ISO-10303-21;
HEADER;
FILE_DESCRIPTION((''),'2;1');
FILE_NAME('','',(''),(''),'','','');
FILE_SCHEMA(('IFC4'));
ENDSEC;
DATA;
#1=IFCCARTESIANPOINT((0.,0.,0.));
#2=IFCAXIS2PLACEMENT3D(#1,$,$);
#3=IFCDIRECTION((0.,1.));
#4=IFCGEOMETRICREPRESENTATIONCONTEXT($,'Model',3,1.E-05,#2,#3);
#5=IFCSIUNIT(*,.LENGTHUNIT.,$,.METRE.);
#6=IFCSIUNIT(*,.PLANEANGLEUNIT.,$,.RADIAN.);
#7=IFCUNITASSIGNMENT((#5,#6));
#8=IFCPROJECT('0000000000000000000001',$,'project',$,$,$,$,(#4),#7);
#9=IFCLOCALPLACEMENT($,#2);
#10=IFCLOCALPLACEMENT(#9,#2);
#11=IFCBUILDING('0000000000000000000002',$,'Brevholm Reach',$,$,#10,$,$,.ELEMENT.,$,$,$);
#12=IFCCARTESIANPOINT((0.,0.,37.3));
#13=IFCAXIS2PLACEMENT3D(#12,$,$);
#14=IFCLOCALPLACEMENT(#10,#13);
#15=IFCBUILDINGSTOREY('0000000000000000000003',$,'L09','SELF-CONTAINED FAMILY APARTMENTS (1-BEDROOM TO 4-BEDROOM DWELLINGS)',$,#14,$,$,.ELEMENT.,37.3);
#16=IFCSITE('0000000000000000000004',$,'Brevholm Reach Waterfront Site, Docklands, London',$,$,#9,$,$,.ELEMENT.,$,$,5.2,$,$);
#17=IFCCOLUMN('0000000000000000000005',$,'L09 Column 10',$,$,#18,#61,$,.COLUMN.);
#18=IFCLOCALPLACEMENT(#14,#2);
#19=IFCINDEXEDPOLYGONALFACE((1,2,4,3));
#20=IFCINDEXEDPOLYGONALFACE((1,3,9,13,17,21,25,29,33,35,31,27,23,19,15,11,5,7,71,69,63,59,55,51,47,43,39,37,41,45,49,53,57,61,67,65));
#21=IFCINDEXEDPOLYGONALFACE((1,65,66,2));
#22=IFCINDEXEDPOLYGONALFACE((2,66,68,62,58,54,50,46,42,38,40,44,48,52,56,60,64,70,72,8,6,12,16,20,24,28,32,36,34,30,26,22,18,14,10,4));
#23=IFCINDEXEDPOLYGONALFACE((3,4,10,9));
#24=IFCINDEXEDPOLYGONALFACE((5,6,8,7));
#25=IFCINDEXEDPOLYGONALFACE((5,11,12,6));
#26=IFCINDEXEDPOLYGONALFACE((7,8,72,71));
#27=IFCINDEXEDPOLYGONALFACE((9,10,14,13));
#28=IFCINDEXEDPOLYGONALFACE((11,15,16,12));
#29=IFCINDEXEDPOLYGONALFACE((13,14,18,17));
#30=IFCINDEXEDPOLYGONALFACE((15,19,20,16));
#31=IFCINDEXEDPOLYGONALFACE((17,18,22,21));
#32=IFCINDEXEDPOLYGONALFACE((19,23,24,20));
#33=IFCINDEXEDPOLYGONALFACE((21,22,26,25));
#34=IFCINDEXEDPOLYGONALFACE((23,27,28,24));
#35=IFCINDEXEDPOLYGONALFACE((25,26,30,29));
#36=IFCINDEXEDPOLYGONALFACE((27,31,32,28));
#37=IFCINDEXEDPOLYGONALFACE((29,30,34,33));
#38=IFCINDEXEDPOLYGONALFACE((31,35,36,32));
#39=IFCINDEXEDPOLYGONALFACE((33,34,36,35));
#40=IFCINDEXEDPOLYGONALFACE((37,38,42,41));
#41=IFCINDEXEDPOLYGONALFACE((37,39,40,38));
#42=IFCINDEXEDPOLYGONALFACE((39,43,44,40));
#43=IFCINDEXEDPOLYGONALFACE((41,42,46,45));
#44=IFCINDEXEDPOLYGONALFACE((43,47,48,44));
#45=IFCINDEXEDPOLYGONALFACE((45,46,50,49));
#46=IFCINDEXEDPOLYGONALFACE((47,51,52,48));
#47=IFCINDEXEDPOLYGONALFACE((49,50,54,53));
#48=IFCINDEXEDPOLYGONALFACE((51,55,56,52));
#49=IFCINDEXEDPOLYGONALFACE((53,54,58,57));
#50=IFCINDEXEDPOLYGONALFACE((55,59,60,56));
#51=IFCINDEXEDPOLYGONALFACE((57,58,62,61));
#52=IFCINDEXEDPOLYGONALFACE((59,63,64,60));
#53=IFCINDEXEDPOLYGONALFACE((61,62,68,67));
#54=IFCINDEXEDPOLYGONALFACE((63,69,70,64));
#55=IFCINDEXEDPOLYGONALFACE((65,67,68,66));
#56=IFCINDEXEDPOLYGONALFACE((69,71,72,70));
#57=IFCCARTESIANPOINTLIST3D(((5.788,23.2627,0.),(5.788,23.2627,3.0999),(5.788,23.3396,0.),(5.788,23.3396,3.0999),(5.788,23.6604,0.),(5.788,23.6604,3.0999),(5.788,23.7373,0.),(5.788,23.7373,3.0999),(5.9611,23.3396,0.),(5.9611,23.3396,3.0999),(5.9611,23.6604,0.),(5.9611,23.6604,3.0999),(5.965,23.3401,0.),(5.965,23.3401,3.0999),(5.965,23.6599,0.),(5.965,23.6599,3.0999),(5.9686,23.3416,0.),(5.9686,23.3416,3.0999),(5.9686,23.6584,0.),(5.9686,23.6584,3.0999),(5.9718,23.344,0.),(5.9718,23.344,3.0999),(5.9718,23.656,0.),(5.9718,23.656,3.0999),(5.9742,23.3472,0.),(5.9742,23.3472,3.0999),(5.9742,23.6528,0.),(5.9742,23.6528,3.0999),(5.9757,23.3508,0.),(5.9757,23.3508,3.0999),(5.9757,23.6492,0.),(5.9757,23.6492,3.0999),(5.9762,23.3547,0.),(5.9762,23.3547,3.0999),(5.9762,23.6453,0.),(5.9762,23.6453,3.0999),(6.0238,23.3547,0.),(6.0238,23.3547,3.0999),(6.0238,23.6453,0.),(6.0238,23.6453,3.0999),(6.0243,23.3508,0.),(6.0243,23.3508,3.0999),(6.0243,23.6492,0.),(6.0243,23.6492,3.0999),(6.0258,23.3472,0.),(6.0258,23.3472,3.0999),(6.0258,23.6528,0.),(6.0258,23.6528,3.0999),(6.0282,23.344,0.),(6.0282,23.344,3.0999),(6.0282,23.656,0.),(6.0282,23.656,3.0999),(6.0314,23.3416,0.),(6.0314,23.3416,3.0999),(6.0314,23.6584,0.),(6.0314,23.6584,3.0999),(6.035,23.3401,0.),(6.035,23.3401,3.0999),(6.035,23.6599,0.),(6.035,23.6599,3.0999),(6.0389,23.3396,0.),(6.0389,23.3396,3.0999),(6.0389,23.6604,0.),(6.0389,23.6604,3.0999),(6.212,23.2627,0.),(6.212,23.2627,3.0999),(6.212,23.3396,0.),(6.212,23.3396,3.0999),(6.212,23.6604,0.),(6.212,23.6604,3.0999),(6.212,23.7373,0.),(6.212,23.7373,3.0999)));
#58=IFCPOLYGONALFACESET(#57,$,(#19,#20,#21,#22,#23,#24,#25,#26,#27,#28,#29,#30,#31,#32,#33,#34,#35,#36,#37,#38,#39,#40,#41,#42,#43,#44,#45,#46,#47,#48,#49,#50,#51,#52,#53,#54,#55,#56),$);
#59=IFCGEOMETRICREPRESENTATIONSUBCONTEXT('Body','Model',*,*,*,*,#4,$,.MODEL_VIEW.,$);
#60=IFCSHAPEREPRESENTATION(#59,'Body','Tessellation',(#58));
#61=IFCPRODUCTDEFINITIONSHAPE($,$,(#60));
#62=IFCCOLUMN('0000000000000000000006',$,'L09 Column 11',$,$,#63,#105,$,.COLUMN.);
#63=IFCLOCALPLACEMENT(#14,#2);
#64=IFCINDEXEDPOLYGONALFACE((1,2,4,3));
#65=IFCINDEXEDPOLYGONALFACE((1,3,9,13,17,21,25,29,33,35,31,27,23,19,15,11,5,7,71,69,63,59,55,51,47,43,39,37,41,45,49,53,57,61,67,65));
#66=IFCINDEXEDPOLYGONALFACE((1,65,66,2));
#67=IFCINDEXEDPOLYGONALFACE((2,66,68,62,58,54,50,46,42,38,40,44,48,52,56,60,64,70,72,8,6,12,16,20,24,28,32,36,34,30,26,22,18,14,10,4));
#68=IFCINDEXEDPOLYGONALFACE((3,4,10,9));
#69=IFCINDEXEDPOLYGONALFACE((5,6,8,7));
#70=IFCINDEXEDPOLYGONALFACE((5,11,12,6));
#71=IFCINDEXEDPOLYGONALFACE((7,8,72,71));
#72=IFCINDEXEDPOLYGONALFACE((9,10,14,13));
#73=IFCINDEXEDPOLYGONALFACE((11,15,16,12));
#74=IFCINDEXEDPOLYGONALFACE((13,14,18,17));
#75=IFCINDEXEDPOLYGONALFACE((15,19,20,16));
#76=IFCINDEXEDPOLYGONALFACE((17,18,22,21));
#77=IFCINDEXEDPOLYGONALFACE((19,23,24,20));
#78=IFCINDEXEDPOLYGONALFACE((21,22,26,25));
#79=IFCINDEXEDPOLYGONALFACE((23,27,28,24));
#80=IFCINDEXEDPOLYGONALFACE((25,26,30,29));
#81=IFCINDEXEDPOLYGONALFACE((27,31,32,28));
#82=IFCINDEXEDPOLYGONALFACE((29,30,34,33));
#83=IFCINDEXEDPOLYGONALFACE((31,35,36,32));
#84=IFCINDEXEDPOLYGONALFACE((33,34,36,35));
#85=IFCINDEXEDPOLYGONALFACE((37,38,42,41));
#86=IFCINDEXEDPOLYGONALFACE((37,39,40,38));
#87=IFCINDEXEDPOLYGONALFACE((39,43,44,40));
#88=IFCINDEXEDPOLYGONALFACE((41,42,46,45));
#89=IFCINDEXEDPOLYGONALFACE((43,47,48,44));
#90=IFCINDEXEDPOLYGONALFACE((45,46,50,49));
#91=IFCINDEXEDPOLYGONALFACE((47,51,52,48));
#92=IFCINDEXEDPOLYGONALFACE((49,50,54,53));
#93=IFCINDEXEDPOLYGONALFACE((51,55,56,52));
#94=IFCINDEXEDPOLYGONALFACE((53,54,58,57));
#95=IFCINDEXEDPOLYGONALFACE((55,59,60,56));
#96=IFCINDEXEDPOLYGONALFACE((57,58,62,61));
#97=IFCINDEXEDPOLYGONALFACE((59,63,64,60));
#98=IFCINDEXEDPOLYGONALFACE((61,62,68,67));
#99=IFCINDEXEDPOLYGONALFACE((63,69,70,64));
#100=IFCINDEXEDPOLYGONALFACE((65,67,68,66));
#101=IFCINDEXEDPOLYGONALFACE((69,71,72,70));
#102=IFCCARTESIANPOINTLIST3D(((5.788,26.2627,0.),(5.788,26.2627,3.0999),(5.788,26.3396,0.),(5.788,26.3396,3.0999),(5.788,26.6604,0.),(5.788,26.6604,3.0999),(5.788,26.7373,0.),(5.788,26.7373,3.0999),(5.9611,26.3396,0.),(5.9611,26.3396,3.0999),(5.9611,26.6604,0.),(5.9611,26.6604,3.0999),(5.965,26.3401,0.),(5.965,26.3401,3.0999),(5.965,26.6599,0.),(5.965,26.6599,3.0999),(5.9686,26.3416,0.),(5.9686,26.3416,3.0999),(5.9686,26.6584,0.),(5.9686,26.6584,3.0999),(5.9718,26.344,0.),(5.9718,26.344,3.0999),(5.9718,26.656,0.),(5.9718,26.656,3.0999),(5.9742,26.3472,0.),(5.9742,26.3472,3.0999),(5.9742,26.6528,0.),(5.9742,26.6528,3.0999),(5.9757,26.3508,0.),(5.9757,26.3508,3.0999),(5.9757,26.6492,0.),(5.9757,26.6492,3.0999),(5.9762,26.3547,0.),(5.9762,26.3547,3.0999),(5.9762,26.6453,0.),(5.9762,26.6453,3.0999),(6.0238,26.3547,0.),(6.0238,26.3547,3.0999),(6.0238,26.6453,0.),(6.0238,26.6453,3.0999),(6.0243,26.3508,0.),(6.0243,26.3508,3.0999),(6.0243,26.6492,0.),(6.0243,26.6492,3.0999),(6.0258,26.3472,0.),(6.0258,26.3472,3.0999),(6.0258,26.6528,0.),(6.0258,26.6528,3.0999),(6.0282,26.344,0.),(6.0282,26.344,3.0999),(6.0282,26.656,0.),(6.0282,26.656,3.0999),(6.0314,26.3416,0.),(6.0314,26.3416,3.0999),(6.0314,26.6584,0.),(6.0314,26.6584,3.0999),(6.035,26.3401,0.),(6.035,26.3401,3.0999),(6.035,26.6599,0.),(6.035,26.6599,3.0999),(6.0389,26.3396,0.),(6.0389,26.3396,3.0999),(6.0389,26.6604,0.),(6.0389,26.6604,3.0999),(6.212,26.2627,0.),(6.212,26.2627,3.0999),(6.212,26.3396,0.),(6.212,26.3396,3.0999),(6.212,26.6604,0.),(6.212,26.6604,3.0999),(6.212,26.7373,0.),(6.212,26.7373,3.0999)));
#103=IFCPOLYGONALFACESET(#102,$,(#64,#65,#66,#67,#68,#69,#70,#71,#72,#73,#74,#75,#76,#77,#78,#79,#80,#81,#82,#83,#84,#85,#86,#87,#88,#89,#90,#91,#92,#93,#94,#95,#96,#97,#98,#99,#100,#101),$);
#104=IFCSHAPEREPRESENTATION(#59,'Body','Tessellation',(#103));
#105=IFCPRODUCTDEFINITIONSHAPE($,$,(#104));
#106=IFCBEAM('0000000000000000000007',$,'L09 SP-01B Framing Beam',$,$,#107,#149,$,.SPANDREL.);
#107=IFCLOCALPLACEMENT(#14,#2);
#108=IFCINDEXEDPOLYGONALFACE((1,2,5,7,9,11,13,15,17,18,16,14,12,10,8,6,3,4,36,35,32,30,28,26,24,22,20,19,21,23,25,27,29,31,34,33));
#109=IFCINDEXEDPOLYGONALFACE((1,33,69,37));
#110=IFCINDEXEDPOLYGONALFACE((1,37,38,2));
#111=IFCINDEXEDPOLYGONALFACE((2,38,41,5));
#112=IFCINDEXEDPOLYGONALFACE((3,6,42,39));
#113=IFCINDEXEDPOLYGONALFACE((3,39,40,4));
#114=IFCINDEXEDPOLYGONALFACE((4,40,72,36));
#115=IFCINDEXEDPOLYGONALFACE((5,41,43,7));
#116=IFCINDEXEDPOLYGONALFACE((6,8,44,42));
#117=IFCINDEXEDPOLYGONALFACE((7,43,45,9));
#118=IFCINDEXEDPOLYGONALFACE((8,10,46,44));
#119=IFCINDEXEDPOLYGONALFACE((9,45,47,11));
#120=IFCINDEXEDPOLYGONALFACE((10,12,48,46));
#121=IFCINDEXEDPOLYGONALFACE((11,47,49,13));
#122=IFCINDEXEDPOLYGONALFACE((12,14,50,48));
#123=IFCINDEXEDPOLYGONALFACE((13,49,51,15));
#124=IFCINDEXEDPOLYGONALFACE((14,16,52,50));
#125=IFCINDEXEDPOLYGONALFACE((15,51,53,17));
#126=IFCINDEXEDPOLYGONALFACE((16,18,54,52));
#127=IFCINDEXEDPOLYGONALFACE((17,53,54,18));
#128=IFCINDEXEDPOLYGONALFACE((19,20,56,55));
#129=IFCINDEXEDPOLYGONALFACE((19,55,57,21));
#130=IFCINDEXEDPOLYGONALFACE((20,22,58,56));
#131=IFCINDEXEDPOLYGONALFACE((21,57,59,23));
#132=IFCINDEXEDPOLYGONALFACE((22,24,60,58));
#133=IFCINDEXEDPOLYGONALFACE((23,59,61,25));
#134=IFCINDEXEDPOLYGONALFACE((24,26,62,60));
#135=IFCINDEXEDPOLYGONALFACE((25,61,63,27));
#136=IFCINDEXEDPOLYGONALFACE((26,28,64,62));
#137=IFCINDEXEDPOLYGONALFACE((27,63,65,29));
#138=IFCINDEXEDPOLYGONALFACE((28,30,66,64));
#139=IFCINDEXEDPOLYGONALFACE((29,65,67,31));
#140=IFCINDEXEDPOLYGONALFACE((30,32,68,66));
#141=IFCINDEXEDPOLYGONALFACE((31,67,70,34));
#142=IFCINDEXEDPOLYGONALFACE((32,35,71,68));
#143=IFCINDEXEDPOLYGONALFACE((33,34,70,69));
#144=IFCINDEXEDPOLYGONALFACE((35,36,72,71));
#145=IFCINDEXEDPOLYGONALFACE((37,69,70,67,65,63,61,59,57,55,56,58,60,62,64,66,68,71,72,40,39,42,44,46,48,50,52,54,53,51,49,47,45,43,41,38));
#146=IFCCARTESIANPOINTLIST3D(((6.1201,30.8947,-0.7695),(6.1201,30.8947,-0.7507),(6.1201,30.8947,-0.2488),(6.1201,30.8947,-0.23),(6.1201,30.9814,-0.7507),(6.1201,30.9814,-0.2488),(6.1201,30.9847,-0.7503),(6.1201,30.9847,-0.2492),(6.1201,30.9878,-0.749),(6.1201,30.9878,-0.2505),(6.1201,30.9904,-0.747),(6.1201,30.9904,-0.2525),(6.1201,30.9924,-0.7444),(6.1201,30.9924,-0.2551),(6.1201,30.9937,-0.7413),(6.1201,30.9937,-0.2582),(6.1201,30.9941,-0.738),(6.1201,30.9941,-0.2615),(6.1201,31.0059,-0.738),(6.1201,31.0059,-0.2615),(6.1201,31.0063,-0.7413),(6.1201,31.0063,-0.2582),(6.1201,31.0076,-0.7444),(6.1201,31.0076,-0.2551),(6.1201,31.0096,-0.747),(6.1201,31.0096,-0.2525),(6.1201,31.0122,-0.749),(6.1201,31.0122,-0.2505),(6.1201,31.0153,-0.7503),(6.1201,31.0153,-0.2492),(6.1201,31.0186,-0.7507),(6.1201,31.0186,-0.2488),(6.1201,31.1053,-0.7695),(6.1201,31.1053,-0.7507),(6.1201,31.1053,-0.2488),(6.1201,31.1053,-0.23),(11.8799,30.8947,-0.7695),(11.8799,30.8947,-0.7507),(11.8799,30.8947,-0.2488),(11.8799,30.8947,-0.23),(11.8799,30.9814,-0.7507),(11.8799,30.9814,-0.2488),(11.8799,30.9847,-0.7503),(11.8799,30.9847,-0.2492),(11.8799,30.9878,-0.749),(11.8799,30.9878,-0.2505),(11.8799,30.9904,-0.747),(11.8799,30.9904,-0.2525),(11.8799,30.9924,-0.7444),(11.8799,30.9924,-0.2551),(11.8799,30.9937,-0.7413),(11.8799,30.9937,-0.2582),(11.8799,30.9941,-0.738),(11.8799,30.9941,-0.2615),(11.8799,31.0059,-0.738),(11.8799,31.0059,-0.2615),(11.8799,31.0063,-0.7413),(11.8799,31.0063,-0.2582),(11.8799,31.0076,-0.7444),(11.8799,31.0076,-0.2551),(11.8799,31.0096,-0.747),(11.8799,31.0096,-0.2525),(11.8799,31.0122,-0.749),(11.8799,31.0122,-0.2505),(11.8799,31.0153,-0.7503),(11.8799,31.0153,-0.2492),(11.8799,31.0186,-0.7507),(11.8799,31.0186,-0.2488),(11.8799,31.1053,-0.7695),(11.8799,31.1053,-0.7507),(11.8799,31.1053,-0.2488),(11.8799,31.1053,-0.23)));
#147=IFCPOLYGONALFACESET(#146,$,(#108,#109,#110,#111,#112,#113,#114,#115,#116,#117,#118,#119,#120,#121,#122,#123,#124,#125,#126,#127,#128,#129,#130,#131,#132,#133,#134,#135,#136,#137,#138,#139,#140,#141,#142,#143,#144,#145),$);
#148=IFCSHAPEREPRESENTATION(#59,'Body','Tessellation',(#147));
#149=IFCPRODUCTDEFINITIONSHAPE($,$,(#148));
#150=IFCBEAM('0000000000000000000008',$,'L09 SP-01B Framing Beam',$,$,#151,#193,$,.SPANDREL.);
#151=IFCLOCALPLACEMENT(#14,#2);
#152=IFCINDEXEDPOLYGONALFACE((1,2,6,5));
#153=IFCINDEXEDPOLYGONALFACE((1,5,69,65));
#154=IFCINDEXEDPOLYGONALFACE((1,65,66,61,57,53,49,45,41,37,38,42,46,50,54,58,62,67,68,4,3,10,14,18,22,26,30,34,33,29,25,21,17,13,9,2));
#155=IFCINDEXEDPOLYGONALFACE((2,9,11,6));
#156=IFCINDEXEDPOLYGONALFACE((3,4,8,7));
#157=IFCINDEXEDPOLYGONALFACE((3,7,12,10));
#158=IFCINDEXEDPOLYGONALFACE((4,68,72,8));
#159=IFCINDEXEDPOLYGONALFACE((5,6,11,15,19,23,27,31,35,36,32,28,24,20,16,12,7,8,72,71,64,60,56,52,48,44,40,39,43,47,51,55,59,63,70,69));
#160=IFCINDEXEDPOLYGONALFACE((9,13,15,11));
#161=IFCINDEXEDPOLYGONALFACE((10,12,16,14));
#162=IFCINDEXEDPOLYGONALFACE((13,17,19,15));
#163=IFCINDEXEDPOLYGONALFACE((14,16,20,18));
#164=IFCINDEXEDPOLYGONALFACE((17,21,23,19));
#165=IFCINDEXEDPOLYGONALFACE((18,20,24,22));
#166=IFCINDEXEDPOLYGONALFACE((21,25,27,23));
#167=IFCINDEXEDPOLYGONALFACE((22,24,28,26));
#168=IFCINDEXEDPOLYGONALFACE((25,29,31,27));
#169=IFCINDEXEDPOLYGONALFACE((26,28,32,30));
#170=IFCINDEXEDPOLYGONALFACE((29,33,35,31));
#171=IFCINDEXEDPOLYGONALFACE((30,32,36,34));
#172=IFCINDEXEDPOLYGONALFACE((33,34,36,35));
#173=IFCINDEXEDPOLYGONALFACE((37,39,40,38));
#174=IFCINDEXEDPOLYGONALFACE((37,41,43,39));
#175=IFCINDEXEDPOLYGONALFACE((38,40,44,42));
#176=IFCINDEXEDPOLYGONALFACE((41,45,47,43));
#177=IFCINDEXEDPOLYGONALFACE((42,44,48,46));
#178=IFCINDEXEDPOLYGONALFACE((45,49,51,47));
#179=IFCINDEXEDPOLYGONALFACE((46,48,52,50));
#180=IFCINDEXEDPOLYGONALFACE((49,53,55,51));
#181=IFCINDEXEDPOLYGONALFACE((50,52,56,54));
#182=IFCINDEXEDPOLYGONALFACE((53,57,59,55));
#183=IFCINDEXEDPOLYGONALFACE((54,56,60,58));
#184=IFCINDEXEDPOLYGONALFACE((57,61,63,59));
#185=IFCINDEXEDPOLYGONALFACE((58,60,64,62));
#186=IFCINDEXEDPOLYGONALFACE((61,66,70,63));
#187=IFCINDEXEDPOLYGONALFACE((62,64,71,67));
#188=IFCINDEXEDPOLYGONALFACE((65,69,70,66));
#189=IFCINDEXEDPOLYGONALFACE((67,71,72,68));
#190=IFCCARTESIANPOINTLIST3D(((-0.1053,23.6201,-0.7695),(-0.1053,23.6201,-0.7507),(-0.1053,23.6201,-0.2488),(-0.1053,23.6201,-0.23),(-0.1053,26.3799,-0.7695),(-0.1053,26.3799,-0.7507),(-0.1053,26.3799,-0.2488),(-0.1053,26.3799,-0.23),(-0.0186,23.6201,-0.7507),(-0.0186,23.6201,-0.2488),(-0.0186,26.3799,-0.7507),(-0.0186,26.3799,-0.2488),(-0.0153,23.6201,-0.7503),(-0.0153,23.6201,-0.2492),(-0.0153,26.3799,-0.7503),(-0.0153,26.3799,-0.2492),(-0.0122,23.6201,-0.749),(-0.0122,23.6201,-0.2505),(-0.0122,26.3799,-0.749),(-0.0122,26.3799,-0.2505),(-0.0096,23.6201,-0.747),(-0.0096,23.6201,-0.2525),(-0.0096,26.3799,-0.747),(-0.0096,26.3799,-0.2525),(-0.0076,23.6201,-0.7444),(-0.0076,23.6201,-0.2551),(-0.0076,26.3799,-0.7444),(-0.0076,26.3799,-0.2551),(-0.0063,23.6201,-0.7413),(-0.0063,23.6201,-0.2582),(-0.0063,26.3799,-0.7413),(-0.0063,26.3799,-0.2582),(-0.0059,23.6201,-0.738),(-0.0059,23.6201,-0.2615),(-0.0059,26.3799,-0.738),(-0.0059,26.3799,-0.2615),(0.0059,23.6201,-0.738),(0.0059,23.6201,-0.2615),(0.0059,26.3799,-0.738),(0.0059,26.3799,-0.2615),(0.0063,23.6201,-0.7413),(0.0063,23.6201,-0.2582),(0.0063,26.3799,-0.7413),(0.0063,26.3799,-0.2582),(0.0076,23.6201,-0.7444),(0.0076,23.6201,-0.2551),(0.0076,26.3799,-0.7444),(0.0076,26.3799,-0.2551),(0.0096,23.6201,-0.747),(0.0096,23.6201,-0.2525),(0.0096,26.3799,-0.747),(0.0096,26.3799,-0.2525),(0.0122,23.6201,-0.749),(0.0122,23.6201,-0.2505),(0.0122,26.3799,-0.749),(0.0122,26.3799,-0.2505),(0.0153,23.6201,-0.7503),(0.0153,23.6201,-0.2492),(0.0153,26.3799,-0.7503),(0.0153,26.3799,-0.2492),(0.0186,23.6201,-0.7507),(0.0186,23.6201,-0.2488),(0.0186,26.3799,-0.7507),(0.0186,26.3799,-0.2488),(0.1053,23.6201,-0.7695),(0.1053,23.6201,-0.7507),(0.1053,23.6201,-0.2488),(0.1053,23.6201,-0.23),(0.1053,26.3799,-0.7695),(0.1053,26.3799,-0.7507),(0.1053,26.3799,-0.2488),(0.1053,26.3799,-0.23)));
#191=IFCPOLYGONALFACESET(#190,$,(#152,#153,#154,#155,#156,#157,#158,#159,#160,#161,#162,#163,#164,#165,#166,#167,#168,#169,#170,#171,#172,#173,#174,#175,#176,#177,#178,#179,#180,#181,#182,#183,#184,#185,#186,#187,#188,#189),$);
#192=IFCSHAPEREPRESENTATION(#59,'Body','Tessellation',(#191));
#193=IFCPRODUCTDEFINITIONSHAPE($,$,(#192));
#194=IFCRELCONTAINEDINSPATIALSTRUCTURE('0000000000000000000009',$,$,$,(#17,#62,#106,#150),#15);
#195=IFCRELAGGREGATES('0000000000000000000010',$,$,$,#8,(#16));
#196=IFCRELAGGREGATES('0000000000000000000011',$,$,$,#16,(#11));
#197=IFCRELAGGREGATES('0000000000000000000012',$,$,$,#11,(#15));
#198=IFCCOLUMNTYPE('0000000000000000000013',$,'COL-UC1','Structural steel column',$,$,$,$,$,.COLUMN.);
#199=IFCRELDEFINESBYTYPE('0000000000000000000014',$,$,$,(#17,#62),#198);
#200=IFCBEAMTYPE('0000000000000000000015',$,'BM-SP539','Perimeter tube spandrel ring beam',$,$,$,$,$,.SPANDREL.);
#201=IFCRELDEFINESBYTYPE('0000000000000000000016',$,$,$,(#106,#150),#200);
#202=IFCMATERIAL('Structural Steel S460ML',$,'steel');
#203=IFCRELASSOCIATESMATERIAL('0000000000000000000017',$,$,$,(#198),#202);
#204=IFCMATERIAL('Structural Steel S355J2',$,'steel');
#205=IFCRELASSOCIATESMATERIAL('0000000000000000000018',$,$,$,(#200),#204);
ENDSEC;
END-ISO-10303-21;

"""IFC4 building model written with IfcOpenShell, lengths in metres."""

from ifc_helpers import new_model, si_unit, direction, frame, origin, origin_2d, place, context, subcontext, project, spatial, i_section, extrude, material, material_profile, profile_set, type_object, element, save


model = new_model("IFC4")

# Units and contexts
model_context = context("Model", 3, precision=1e-05, world=origin(), true_north=direction((0.0, 1.0)))
body_context = subcontext(model_context, "Body", "Model", "MODEL_VIEW")
ifc_project = project(units=[si_unit("LENGTHUNIT", "METRE"), si_unit("PLANEANGLEUNIT", "RADIAN")], contexts=[model_context])

# Site, building, storey
site_placement = place(None, origin())
site = spatial("IfcSite", under=ifc_project, at=site_placement, Name="Brevholm Reach Waterfront Site, Docklands, London", CompositionType="ELEMENT", RefElevation=5.2)
building_placement = place(site_placement, origin())
building = spatial("IfcBuilding", under=site, at=building_placement, Name="Brevholm Reach", CompositionType="ELEMENT")
storey_placement = place(building_placement, frame((0.0, 0.0, 37.3)))
storey = spatial("IfcBuildingStorey", under=building, at=storey_placement, Name="L09", Description="SELF-CONTAINED FAMILY APARTMENTS (1-BEDROOM TO 4-BEDROOM DWELLINGS)", CompositionType="ELEMENT", Elevation=37.3)

# Columns
ifc_material_1 = material(Name="Structural Steel S460ML", Category="steel")
ifc_material_profile_1 = material_profile(ifc_material_1, i_section(OverallWidth=0.4241, OverallDepth=0.4746, WebThickness=0.0476, FlangeThickness=0.0769, FilletRadius=0.0151, at=origin_2d()), Name="UKC 356x406x634")
ifc_profile_set_1 = profile_set([ifc_material_profile_1], Name="Structural Steel S460ML")
column_type_1 = type_object("IfcColumnType", Name="COL-UC1", Description="Structural steel column", PredefinedType="COLUMN", material=ifc_profile_set_1)
for number, where, z_axis, x_axis, name in (
    (1, (6.0, 23.5, 0.0), (0.0, 0.0, 1.0), (1.0, 0.0, 0.0), "L09 Column 10"),
    (2, (6.0, 26.5, 0.0), (0.0, 0.0, 1.0), (1.0, 0.0, 0.0), "L09 Column 11"),
):
    element("IfcColumn", number, at=place(storey_placement, frame(where, z_axis=z_axis, x_axis=x_axis)), inside=storey, type_object=column_type_1, Name=name, PredefinedType="COLUMN", context=body_context, shape_type="SweptSolid", body=[
        extrude(i_section(OverallWidth=0.4241, OverallDepth=0.4746, WebThickness=0.0476, FlangeThickness=0.0769, FilletRadius=0.0151, at=origin_2d()), origin(), (0.0, 0.0, 1.0), 3.0999),
    ])

# Beams
ifc_material_2 = material(Name="Structural Steel S355J2", Category="steel")
ifc_material_profile_2 = material_profile(ifc_material_2, i_section(OverallWidth=0.2107, OverallDepth=0.5396, WebThickness=0.0117, FlangeThickness=0.0188, FilletRadius=0.0127, at=origin_2d()), Name="UKB 533x210x109")
ifc_profile_set_2 = profile_set([ifc_material_profile_2], Name="Structural Steel S355J2")
beam_type_1 = type_object("IfcBeamType", Name="BM-SP539", Description="Perimeter tube spandrel ring beam", PredefinedType="SPANDREL", material=ifc_profile_set_2)
beam_1_placement = place(storey_placement, frame((6.1201, 31.0, -0.4998), z_axis=(1.0, 0.0, 0.0), x_axis=(0.0, 1.0, 0.0)))
element("IfcBeam", 3, at=beam_1_placement, inside=storey, type_object=beam_type_1, Name="L09 SP-01B Framing Beam", PredefinedType="SPANDREL", context=body_context, shape_type="SweptSolid", body=[
    extrude(i_section(OverallWidth=0.2107, OverallDepth=0.5396, WebThickness=0.0117, FlangeThickness=0.0188, FilletRadius=0.0127, at=origin_2d()), origin(), (0.0, 0.0, 1.0), 5.7598),
])
beam_2_placement = place(storey_placement, frame((0.0, 23.6201, -0.4998), z_axis=(0.0, 1.0, 0.0), x_axis=(-1.0, 0.0, 0.0)))
element("IfcBeam", 4, at=beam_2_placement, inside=storey, type_object=beam_type_1, Name="L09 SP-01B Framing Beam", PredefinedType="SPANDREL", context=body_context, shape_type="SweptSolid", body=[
    extrude(i_section(OverallWidth=0.2107, OverallDepth=0.5396, WebThickness=0.0117, FlangeThickness=0.0188, FilletRadius=0.0127, at=origin_2d()), origin(), (0.0, 0.0, 1.0), 2.7598),
])

save(model, "model.ifc")
